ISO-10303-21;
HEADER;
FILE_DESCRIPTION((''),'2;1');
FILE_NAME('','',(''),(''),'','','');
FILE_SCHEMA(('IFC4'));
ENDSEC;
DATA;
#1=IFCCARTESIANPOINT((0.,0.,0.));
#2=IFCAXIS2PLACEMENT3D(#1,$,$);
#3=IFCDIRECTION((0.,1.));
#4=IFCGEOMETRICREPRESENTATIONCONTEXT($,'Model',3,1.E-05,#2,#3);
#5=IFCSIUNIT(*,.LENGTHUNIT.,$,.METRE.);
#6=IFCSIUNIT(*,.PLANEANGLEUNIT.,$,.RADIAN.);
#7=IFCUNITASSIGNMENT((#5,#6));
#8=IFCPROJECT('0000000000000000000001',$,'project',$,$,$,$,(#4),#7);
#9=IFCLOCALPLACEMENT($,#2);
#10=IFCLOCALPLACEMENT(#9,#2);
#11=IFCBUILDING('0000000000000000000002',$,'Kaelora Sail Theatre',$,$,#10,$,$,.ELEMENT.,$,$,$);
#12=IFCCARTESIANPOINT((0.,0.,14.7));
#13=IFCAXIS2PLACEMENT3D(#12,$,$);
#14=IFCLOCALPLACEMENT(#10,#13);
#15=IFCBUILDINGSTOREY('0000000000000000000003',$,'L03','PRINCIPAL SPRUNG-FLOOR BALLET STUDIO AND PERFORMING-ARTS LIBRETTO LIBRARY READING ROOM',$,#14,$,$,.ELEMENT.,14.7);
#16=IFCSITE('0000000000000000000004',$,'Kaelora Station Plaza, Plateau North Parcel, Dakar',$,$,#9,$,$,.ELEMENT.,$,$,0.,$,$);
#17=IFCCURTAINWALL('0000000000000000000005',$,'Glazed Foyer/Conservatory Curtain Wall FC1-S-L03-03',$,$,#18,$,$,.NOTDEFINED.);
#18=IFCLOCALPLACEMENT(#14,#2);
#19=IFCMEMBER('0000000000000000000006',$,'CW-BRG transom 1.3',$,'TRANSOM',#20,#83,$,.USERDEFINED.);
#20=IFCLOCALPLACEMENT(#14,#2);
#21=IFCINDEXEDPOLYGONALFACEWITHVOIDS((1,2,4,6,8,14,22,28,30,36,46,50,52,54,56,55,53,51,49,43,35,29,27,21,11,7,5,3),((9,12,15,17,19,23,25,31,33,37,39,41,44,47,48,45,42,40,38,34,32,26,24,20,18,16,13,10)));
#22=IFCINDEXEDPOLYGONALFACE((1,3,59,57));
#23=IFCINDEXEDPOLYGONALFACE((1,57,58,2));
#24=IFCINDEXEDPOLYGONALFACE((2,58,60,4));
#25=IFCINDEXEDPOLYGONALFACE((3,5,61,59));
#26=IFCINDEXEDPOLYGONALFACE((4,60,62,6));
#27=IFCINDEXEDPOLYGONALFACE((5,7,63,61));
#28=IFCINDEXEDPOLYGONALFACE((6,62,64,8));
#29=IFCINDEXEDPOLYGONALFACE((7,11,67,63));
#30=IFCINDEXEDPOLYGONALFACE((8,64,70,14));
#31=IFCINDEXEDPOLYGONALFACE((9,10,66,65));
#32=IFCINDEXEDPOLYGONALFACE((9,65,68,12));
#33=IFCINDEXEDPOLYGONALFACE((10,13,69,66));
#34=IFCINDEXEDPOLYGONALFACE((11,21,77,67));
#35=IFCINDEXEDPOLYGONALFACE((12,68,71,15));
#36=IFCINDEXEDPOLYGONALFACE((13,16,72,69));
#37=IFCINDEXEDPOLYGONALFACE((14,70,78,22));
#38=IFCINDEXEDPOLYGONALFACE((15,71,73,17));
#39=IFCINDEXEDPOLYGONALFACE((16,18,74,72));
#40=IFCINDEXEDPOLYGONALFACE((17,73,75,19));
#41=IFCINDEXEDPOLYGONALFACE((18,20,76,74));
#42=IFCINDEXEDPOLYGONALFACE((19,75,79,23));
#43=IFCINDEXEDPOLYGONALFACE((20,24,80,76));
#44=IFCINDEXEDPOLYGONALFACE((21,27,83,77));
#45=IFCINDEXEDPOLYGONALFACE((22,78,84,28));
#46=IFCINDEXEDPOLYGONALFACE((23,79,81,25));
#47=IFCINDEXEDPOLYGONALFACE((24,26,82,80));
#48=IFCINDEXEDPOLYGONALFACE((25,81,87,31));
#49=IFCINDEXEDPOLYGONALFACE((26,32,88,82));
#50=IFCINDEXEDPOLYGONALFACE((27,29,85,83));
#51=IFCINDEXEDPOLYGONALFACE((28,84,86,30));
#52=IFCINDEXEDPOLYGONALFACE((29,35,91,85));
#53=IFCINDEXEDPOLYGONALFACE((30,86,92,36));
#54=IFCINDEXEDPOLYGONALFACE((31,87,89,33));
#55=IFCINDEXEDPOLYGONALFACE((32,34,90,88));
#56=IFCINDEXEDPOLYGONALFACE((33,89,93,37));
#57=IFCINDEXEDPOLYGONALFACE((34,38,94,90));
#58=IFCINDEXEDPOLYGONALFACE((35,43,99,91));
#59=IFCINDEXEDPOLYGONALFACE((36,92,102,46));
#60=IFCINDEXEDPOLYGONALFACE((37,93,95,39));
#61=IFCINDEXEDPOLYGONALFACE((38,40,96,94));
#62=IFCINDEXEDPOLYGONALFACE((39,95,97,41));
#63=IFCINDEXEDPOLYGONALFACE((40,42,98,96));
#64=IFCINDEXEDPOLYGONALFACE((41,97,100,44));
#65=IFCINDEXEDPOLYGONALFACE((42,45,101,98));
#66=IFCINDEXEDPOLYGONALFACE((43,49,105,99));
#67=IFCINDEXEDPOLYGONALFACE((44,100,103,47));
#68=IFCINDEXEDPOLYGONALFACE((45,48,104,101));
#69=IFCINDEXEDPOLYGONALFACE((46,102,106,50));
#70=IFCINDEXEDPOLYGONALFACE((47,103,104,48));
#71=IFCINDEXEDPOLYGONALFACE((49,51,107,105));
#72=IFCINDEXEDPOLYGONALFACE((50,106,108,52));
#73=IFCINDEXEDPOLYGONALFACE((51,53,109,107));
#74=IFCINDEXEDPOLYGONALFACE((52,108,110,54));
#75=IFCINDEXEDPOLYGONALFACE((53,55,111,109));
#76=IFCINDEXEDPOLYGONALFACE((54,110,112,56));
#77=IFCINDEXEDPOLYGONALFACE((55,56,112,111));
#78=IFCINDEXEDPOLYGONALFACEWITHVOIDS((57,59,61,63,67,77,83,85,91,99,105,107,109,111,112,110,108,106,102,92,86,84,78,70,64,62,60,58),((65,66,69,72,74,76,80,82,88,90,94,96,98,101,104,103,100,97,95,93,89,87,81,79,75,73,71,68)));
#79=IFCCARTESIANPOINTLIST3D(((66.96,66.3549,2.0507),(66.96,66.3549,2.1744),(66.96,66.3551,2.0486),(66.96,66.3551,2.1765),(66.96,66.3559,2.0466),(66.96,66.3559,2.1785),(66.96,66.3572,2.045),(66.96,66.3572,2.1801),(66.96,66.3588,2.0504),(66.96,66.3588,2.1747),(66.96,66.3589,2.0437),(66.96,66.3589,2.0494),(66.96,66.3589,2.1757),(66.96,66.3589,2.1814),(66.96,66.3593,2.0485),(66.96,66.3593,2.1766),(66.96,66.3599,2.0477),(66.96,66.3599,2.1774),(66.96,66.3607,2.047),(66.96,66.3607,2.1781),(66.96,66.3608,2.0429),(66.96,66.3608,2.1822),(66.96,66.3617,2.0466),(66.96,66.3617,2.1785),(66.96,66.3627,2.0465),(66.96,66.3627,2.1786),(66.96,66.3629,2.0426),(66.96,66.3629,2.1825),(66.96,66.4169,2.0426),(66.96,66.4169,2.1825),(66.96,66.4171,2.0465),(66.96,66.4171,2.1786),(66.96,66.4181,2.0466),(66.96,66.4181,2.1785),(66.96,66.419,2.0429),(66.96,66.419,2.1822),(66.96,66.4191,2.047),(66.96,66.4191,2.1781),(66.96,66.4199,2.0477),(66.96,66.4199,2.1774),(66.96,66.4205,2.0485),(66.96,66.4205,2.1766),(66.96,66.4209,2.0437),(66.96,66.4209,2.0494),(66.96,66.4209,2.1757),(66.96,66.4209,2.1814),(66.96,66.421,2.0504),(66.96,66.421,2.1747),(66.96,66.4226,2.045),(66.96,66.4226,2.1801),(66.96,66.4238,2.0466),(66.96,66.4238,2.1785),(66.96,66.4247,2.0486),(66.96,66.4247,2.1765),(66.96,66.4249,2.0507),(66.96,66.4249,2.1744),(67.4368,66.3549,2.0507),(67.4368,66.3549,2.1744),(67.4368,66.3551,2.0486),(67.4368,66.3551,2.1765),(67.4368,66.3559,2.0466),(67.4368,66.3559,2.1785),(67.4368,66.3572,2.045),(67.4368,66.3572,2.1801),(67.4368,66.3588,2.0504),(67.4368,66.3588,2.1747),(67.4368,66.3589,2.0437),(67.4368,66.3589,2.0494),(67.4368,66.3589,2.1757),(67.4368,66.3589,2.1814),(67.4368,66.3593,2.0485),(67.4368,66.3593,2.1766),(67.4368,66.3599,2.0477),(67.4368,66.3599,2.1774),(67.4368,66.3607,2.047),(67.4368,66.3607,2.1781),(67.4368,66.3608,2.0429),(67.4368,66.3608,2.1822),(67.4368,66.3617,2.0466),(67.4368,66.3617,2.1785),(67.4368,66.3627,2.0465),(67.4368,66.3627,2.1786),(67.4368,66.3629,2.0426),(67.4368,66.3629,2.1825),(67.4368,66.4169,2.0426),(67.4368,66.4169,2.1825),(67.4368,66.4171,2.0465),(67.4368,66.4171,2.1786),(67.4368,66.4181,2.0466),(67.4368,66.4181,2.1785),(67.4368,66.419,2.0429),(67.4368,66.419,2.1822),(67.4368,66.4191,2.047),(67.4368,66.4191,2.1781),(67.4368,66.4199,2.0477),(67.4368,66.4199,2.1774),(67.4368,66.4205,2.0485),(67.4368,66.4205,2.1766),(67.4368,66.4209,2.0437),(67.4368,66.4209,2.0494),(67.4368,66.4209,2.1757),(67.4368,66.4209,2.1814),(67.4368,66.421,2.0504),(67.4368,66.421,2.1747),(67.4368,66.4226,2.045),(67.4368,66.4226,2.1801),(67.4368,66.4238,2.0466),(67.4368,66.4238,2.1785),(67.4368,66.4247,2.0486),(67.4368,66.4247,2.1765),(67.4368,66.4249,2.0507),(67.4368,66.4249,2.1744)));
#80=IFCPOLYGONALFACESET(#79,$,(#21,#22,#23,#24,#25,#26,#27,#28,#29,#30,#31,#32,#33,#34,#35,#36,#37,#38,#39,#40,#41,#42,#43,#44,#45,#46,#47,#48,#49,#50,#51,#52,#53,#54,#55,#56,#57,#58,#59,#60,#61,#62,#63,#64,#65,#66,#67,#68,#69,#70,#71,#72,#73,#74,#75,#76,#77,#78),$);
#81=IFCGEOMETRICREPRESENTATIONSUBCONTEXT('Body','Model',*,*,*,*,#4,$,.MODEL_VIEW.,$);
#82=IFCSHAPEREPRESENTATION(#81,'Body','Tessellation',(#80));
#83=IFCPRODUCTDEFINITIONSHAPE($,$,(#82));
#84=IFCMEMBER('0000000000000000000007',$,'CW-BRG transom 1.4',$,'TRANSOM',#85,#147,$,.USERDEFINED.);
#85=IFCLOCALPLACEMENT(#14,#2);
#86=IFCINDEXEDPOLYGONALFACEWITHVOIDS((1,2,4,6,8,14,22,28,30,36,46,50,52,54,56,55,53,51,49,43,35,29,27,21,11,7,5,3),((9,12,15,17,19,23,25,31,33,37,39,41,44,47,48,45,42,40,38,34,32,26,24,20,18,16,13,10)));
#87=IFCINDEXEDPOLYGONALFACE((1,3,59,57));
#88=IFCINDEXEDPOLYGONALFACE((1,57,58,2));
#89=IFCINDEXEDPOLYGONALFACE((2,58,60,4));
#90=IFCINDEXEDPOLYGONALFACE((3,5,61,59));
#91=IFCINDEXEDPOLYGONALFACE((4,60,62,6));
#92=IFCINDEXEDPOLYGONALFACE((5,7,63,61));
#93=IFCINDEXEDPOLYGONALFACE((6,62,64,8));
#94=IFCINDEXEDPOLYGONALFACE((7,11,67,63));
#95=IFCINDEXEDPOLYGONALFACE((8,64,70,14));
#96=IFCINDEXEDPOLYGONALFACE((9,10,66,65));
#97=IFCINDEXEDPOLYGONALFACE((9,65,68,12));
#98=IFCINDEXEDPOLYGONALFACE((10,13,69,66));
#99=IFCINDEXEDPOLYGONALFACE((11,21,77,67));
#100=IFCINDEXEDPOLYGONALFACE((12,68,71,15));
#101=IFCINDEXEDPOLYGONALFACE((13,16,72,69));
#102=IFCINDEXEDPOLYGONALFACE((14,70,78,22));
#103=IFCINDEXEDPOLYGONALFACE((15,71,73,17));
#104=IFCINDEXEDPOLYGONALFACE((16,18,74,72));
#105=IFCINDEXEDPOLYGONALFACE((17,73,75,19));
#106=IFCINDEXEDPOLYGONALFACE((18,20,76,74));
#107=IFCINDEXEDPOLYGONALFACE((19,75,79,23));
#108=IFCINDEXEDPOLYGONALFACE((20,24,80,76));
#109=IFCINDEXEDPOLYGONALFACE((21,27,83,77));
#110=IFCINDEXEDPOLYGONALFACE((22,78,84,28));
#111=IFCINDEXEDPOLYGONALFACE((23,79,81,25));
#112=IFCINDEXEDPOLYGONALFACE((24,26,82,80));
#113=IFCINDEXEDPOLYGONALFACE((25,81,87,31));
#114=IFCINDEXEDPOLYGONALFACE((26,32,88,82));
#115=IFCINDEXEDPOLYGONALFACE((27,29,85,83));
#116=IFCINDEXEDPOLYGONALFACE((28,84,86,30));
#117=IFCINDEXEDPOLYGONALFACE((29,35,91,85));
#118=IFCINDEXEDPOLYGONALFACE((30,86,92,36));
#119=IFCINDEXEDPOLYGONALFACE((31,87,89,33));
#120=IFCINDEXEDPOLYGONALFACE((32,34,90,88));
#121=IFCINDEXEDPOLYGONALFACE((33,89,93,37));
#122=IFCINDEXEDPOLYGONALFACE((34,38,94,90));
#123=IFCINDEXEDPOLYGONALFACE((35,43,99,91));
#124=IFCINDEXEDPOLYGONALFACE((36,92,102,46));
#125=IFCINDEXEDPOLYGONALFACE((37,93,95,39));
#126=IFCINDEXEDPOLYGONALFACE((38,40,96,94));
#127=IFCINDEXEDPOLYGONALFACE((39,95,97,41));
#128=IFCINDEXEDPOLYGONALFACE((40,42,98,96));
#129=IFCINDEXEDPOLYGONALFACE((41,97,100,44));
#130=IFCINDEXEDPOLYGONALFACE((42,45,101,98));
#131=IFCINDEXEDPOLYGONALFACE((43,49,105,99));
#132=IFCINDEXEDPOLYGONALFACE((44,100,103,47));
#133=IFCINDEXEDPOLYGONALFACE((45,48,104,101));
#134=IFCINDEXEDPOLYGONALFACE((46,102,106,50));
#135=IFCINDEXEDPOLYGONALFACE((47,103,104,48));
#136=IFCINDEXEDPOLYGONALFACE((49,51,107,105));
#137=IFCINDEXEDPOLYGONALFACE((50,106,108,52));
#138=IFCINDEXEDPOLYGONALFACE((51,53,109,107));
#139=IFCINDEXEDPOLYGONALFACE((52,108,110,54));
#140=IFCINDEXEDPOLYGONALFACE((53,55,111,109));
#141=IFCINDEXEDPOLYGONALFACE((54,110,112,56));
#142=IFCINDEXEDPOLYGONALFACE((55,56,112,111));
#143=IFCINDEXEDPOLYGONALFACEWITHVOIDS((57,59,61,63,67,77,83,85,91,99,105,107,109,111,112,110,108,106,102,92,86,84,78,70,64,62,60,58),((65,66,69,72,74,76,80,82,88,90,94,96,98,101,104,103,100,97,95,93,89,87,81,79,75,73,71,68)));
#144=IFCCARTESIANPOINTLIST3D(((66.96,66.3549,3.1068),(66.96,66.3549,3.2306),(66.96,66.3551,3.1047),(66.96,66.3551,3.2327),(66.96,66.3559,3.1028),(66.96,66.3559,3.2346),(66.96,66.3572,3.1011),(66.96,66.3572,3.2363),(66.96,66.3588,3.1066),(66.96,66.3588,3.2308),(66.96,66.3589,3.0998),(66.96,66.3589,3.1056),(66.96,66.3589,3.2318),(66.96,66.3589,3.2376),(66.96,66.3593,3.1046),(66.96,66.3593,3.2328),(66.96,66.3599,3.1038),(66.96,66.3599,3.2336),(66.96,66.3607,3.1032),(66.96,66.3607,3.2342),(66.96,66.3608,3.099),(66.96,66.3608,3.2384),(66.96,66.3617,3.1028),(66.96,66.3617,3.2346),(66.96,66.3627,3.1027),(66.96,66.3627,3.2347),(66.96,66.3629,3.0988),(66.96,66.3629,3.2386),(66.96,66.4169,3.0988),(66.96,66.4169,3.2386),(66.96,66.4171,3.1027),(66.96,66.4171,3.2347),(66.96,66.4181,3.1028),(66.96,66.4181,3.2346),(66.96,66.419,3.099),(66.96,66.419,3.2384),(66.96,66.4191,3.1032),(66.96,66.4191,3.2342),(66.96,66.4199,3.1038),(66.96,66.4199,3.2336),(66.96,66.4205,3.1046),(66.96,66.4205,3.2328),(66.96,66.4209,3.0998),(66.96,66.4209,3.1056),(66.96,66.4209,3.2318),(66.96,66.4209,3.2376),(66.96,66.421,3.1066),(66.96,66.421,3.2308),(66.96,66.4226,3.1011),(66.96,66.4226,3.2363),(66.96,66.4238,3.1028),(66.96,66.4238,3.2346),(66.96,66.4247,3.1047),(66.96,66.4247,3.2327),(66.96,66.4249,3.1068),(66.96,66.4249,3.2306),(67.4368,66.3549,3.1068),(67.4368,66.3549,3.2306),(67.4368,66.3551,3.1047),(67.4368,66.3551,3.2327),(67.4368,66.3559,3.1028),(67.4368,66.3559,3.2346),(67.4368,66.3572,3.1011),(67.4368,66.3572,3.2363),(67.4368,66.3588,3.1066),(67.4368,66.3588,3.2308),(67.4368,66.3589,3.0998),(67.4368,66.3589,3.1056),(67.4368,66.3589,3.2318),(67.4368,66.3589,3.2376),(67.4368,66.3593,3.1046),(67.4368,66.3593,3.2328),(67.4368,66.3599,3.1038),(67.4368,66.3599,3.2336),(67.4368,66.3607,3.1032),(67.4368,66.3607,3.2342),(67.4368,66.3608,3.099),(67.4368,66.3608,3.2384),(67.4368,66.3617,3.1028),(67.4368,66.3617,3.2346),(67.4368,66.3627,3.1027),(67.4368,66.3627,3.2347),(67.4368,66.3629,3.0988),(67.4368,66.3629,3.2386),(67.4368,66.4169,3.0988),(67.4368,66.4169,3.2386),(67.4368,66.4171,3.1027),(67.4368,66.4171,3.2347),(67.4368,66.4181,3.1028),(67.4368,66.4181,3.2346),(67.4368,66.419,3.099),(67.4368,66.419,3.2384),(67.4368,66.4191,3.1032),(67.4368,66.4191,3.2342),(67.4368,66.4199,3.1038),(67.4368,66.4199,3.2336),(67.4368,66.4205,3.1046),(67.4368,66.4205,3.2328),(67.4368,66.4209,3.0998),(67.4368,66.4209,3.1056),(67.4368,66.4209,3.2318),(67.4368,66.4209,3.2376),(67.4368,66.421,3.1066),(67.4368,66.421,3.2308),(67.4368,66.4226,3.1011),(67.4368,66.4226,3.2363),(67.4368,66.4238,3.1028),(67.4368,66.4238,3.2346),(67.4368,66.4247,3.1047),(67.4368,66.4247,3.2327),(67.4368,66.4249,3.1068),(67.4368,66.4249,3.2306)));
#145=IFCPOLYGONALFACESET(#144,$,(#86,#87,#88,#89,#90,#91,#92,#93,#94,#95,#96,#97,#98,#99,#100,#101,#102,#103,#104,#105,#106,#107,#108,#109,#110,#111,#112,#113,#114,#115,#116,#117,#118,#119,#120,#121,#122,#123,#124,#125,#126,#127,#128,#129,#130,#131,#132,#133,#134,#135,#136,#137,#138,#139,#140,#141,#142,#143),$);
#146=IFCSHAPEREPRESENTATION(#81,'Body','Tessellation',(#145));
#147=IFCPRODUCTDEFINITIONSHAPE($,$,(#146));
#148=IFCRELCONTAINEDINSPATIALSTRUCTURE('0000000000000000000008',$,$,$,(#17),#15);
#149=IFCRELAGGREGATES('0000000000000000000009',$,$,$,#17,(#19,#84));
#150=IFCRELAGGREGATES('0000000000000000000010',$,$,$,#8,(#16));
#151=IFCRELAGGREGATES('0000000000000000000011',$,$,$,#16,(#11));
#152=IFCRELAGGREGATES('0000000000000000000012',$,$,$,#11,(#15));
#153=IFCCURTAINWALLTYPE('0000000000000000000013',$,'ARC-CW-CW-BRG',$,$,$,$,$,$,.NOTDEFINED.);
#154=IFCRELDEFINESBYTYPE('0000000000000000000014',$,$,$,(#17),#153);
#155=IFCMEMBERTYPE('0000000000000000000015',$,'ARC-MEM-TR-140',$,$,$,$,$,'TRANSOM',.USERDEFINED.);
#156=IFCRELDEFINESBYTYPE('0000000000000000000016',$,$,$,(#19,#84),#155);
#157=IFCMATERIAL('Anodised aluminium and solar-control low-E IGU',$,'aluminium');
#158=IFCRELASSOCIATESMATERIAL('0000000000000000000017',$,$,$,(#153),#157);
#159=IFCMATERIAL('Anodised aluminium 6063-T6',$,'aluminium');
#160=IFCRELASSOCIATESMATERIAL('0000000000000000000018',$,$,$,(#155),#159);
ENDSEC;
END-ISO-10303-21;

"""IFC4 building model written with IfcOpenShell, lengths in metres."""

from ifc_helpers import new_model, si_unit, direction, frame, origin, origin_2d, place, context, subcontext, project, spatial, hollow_rectangle, extrude, material, material_profile, profile_set, type_object, element, aggregate, save


model = new_model("IFC4")

# Units and contexts
model_context = context("Model", 3, precision=1e-05, world=origin(), true_north=direction((0.0, 1.0)))
body_context = subcontext(model_context, "Body", "Model", "MODEL_VIEW")
ifc_project = project(units=[si_unit("LENGTHUNIT", "METRE"), si_unit("PLANEANGLEUNIT", "RADIAN")], contexts=[model_context])

# Site, building, storey
site_placement = place(None, origin())
site = spatial("IfcSite", under=ifc_project, at=site_placement, Name="Kaelora Station Plaza, Plateau North Parcel, Dakar", CompositionType="ELEMENT", RefElevation=0.0)
building_placement = place(site_placement, origin())
building = spatial("IfcBuilding", under=site, at=building_placement, Name="Kaelora Sail Theatre", CompositionType="ELEMENT")
storey_placement = place(building_placement, frame((0.0, 0.0, 14.7)))
storey = spatial("IfcBuildingStorey", under=building, at=storey_placement, Name="L03", Description="PRINCIPAL SPRUNG-FLOOR BALLET STUDIO AND PERFORMING-ARTS LIBRETTO LIBRARY READING ROOM", CompositionType="ELEMENT", Elevation=14.7)

# Curtain wall, members
ifc_material_1 = material(Name="Anodised aluminium and solar-control low-E IGU", Category="aluminium")
curtain_wall_type = type_object("IfcCurtainWallType", Name="ARC-CW-CW-BRG", PredefinedType="NOTDEFINED", material=ifc_material_1)
curtain_wall_1_placement = place(storey_placement, origin())
curtain_wall_1 = element("IfcCurtainWall", 1, at=curtain_wall_1_placement, inside=storey, type_object=curtain_wall_type, Name="Glazed Foyer/Conservatory Curtain Wall FC1-S-L03-03", PredefinedType="NOTDEFINED")
ifc_material_2 = material(Name="Anodised aluminium 6063-T6", Category="aluminium")
ifc_material_profile = material_profile(ifc_material_2, hollow_rectangle(XDim=0.0701, YDim=0.1399, WallThickness=0.0039, InnerFilletRadius=0.0039, OuterFilletRadius=0.0081, at=origin_2d()), Name="ALU-TRAN 70x140x4")
ifc_profile_set = profile_set([ifc_material_profile], Name="Anodised aluminium 6063-T6")
member_type = type_object("IfcMemberType", Name="ARC-MEM-TR-140", ElementType="TRANSOM", PredefinedType="USERDEFINED", material=ifc_profile_set)
member_1_placement = place(storey_placement, frame((66.96, 66.3899, 2.1125), z_axis=(1.0, 0.0, 0.0), x_axis=(0.0, 1.0, 0.0)))
member_1 = element("IfcMember", 2, at=member_1_placement, type_object=member_type, Name="CW-BRG transom 1.3", ObjectType="TRANSOM", PredefinedType="USERDEFINED", context=body_context, shape_type="SweptSolid", body=[
    extrude(hollow_rectangle(XDim=0.0701, YDim=0.1399, WallThickness=0.0039, InnerFilletRadius=0.0039, OuterFilletRadius=0.0081, at=origin_2d()), origin(), (0.0, 0.0, 1.0), 0.4768),
])
member_2_placement = place(storey_placement, frame((66.96, 66.3899, 3.1687), z_axis=(1.0, 0.0, 0.0), x_axis=(0.0, 1.0, 0.0)))
member_2 = element("IfcMember", 3, at=member_2_placement, type_object=member_type, Name="CW-BRG transom 1.4", ObjectType="TRANSOM", PredefinedType="USERDEFINED", context=body_context, shape_type="SweptSolid", body=[
    extrude(hollow_rectangle(XDim=0.0701, YDim=0.1399, WallThickness=0.0039, InnerFilletRadius=0.0039, OuterFilletRadius=0.0081, at=origin_2d()), origin(), (0.0, 0.0, 1.0), 0.4768),
])

aggregate(curtain_wall_1, [member_1, member_2])

save(model, "model.ifc")
